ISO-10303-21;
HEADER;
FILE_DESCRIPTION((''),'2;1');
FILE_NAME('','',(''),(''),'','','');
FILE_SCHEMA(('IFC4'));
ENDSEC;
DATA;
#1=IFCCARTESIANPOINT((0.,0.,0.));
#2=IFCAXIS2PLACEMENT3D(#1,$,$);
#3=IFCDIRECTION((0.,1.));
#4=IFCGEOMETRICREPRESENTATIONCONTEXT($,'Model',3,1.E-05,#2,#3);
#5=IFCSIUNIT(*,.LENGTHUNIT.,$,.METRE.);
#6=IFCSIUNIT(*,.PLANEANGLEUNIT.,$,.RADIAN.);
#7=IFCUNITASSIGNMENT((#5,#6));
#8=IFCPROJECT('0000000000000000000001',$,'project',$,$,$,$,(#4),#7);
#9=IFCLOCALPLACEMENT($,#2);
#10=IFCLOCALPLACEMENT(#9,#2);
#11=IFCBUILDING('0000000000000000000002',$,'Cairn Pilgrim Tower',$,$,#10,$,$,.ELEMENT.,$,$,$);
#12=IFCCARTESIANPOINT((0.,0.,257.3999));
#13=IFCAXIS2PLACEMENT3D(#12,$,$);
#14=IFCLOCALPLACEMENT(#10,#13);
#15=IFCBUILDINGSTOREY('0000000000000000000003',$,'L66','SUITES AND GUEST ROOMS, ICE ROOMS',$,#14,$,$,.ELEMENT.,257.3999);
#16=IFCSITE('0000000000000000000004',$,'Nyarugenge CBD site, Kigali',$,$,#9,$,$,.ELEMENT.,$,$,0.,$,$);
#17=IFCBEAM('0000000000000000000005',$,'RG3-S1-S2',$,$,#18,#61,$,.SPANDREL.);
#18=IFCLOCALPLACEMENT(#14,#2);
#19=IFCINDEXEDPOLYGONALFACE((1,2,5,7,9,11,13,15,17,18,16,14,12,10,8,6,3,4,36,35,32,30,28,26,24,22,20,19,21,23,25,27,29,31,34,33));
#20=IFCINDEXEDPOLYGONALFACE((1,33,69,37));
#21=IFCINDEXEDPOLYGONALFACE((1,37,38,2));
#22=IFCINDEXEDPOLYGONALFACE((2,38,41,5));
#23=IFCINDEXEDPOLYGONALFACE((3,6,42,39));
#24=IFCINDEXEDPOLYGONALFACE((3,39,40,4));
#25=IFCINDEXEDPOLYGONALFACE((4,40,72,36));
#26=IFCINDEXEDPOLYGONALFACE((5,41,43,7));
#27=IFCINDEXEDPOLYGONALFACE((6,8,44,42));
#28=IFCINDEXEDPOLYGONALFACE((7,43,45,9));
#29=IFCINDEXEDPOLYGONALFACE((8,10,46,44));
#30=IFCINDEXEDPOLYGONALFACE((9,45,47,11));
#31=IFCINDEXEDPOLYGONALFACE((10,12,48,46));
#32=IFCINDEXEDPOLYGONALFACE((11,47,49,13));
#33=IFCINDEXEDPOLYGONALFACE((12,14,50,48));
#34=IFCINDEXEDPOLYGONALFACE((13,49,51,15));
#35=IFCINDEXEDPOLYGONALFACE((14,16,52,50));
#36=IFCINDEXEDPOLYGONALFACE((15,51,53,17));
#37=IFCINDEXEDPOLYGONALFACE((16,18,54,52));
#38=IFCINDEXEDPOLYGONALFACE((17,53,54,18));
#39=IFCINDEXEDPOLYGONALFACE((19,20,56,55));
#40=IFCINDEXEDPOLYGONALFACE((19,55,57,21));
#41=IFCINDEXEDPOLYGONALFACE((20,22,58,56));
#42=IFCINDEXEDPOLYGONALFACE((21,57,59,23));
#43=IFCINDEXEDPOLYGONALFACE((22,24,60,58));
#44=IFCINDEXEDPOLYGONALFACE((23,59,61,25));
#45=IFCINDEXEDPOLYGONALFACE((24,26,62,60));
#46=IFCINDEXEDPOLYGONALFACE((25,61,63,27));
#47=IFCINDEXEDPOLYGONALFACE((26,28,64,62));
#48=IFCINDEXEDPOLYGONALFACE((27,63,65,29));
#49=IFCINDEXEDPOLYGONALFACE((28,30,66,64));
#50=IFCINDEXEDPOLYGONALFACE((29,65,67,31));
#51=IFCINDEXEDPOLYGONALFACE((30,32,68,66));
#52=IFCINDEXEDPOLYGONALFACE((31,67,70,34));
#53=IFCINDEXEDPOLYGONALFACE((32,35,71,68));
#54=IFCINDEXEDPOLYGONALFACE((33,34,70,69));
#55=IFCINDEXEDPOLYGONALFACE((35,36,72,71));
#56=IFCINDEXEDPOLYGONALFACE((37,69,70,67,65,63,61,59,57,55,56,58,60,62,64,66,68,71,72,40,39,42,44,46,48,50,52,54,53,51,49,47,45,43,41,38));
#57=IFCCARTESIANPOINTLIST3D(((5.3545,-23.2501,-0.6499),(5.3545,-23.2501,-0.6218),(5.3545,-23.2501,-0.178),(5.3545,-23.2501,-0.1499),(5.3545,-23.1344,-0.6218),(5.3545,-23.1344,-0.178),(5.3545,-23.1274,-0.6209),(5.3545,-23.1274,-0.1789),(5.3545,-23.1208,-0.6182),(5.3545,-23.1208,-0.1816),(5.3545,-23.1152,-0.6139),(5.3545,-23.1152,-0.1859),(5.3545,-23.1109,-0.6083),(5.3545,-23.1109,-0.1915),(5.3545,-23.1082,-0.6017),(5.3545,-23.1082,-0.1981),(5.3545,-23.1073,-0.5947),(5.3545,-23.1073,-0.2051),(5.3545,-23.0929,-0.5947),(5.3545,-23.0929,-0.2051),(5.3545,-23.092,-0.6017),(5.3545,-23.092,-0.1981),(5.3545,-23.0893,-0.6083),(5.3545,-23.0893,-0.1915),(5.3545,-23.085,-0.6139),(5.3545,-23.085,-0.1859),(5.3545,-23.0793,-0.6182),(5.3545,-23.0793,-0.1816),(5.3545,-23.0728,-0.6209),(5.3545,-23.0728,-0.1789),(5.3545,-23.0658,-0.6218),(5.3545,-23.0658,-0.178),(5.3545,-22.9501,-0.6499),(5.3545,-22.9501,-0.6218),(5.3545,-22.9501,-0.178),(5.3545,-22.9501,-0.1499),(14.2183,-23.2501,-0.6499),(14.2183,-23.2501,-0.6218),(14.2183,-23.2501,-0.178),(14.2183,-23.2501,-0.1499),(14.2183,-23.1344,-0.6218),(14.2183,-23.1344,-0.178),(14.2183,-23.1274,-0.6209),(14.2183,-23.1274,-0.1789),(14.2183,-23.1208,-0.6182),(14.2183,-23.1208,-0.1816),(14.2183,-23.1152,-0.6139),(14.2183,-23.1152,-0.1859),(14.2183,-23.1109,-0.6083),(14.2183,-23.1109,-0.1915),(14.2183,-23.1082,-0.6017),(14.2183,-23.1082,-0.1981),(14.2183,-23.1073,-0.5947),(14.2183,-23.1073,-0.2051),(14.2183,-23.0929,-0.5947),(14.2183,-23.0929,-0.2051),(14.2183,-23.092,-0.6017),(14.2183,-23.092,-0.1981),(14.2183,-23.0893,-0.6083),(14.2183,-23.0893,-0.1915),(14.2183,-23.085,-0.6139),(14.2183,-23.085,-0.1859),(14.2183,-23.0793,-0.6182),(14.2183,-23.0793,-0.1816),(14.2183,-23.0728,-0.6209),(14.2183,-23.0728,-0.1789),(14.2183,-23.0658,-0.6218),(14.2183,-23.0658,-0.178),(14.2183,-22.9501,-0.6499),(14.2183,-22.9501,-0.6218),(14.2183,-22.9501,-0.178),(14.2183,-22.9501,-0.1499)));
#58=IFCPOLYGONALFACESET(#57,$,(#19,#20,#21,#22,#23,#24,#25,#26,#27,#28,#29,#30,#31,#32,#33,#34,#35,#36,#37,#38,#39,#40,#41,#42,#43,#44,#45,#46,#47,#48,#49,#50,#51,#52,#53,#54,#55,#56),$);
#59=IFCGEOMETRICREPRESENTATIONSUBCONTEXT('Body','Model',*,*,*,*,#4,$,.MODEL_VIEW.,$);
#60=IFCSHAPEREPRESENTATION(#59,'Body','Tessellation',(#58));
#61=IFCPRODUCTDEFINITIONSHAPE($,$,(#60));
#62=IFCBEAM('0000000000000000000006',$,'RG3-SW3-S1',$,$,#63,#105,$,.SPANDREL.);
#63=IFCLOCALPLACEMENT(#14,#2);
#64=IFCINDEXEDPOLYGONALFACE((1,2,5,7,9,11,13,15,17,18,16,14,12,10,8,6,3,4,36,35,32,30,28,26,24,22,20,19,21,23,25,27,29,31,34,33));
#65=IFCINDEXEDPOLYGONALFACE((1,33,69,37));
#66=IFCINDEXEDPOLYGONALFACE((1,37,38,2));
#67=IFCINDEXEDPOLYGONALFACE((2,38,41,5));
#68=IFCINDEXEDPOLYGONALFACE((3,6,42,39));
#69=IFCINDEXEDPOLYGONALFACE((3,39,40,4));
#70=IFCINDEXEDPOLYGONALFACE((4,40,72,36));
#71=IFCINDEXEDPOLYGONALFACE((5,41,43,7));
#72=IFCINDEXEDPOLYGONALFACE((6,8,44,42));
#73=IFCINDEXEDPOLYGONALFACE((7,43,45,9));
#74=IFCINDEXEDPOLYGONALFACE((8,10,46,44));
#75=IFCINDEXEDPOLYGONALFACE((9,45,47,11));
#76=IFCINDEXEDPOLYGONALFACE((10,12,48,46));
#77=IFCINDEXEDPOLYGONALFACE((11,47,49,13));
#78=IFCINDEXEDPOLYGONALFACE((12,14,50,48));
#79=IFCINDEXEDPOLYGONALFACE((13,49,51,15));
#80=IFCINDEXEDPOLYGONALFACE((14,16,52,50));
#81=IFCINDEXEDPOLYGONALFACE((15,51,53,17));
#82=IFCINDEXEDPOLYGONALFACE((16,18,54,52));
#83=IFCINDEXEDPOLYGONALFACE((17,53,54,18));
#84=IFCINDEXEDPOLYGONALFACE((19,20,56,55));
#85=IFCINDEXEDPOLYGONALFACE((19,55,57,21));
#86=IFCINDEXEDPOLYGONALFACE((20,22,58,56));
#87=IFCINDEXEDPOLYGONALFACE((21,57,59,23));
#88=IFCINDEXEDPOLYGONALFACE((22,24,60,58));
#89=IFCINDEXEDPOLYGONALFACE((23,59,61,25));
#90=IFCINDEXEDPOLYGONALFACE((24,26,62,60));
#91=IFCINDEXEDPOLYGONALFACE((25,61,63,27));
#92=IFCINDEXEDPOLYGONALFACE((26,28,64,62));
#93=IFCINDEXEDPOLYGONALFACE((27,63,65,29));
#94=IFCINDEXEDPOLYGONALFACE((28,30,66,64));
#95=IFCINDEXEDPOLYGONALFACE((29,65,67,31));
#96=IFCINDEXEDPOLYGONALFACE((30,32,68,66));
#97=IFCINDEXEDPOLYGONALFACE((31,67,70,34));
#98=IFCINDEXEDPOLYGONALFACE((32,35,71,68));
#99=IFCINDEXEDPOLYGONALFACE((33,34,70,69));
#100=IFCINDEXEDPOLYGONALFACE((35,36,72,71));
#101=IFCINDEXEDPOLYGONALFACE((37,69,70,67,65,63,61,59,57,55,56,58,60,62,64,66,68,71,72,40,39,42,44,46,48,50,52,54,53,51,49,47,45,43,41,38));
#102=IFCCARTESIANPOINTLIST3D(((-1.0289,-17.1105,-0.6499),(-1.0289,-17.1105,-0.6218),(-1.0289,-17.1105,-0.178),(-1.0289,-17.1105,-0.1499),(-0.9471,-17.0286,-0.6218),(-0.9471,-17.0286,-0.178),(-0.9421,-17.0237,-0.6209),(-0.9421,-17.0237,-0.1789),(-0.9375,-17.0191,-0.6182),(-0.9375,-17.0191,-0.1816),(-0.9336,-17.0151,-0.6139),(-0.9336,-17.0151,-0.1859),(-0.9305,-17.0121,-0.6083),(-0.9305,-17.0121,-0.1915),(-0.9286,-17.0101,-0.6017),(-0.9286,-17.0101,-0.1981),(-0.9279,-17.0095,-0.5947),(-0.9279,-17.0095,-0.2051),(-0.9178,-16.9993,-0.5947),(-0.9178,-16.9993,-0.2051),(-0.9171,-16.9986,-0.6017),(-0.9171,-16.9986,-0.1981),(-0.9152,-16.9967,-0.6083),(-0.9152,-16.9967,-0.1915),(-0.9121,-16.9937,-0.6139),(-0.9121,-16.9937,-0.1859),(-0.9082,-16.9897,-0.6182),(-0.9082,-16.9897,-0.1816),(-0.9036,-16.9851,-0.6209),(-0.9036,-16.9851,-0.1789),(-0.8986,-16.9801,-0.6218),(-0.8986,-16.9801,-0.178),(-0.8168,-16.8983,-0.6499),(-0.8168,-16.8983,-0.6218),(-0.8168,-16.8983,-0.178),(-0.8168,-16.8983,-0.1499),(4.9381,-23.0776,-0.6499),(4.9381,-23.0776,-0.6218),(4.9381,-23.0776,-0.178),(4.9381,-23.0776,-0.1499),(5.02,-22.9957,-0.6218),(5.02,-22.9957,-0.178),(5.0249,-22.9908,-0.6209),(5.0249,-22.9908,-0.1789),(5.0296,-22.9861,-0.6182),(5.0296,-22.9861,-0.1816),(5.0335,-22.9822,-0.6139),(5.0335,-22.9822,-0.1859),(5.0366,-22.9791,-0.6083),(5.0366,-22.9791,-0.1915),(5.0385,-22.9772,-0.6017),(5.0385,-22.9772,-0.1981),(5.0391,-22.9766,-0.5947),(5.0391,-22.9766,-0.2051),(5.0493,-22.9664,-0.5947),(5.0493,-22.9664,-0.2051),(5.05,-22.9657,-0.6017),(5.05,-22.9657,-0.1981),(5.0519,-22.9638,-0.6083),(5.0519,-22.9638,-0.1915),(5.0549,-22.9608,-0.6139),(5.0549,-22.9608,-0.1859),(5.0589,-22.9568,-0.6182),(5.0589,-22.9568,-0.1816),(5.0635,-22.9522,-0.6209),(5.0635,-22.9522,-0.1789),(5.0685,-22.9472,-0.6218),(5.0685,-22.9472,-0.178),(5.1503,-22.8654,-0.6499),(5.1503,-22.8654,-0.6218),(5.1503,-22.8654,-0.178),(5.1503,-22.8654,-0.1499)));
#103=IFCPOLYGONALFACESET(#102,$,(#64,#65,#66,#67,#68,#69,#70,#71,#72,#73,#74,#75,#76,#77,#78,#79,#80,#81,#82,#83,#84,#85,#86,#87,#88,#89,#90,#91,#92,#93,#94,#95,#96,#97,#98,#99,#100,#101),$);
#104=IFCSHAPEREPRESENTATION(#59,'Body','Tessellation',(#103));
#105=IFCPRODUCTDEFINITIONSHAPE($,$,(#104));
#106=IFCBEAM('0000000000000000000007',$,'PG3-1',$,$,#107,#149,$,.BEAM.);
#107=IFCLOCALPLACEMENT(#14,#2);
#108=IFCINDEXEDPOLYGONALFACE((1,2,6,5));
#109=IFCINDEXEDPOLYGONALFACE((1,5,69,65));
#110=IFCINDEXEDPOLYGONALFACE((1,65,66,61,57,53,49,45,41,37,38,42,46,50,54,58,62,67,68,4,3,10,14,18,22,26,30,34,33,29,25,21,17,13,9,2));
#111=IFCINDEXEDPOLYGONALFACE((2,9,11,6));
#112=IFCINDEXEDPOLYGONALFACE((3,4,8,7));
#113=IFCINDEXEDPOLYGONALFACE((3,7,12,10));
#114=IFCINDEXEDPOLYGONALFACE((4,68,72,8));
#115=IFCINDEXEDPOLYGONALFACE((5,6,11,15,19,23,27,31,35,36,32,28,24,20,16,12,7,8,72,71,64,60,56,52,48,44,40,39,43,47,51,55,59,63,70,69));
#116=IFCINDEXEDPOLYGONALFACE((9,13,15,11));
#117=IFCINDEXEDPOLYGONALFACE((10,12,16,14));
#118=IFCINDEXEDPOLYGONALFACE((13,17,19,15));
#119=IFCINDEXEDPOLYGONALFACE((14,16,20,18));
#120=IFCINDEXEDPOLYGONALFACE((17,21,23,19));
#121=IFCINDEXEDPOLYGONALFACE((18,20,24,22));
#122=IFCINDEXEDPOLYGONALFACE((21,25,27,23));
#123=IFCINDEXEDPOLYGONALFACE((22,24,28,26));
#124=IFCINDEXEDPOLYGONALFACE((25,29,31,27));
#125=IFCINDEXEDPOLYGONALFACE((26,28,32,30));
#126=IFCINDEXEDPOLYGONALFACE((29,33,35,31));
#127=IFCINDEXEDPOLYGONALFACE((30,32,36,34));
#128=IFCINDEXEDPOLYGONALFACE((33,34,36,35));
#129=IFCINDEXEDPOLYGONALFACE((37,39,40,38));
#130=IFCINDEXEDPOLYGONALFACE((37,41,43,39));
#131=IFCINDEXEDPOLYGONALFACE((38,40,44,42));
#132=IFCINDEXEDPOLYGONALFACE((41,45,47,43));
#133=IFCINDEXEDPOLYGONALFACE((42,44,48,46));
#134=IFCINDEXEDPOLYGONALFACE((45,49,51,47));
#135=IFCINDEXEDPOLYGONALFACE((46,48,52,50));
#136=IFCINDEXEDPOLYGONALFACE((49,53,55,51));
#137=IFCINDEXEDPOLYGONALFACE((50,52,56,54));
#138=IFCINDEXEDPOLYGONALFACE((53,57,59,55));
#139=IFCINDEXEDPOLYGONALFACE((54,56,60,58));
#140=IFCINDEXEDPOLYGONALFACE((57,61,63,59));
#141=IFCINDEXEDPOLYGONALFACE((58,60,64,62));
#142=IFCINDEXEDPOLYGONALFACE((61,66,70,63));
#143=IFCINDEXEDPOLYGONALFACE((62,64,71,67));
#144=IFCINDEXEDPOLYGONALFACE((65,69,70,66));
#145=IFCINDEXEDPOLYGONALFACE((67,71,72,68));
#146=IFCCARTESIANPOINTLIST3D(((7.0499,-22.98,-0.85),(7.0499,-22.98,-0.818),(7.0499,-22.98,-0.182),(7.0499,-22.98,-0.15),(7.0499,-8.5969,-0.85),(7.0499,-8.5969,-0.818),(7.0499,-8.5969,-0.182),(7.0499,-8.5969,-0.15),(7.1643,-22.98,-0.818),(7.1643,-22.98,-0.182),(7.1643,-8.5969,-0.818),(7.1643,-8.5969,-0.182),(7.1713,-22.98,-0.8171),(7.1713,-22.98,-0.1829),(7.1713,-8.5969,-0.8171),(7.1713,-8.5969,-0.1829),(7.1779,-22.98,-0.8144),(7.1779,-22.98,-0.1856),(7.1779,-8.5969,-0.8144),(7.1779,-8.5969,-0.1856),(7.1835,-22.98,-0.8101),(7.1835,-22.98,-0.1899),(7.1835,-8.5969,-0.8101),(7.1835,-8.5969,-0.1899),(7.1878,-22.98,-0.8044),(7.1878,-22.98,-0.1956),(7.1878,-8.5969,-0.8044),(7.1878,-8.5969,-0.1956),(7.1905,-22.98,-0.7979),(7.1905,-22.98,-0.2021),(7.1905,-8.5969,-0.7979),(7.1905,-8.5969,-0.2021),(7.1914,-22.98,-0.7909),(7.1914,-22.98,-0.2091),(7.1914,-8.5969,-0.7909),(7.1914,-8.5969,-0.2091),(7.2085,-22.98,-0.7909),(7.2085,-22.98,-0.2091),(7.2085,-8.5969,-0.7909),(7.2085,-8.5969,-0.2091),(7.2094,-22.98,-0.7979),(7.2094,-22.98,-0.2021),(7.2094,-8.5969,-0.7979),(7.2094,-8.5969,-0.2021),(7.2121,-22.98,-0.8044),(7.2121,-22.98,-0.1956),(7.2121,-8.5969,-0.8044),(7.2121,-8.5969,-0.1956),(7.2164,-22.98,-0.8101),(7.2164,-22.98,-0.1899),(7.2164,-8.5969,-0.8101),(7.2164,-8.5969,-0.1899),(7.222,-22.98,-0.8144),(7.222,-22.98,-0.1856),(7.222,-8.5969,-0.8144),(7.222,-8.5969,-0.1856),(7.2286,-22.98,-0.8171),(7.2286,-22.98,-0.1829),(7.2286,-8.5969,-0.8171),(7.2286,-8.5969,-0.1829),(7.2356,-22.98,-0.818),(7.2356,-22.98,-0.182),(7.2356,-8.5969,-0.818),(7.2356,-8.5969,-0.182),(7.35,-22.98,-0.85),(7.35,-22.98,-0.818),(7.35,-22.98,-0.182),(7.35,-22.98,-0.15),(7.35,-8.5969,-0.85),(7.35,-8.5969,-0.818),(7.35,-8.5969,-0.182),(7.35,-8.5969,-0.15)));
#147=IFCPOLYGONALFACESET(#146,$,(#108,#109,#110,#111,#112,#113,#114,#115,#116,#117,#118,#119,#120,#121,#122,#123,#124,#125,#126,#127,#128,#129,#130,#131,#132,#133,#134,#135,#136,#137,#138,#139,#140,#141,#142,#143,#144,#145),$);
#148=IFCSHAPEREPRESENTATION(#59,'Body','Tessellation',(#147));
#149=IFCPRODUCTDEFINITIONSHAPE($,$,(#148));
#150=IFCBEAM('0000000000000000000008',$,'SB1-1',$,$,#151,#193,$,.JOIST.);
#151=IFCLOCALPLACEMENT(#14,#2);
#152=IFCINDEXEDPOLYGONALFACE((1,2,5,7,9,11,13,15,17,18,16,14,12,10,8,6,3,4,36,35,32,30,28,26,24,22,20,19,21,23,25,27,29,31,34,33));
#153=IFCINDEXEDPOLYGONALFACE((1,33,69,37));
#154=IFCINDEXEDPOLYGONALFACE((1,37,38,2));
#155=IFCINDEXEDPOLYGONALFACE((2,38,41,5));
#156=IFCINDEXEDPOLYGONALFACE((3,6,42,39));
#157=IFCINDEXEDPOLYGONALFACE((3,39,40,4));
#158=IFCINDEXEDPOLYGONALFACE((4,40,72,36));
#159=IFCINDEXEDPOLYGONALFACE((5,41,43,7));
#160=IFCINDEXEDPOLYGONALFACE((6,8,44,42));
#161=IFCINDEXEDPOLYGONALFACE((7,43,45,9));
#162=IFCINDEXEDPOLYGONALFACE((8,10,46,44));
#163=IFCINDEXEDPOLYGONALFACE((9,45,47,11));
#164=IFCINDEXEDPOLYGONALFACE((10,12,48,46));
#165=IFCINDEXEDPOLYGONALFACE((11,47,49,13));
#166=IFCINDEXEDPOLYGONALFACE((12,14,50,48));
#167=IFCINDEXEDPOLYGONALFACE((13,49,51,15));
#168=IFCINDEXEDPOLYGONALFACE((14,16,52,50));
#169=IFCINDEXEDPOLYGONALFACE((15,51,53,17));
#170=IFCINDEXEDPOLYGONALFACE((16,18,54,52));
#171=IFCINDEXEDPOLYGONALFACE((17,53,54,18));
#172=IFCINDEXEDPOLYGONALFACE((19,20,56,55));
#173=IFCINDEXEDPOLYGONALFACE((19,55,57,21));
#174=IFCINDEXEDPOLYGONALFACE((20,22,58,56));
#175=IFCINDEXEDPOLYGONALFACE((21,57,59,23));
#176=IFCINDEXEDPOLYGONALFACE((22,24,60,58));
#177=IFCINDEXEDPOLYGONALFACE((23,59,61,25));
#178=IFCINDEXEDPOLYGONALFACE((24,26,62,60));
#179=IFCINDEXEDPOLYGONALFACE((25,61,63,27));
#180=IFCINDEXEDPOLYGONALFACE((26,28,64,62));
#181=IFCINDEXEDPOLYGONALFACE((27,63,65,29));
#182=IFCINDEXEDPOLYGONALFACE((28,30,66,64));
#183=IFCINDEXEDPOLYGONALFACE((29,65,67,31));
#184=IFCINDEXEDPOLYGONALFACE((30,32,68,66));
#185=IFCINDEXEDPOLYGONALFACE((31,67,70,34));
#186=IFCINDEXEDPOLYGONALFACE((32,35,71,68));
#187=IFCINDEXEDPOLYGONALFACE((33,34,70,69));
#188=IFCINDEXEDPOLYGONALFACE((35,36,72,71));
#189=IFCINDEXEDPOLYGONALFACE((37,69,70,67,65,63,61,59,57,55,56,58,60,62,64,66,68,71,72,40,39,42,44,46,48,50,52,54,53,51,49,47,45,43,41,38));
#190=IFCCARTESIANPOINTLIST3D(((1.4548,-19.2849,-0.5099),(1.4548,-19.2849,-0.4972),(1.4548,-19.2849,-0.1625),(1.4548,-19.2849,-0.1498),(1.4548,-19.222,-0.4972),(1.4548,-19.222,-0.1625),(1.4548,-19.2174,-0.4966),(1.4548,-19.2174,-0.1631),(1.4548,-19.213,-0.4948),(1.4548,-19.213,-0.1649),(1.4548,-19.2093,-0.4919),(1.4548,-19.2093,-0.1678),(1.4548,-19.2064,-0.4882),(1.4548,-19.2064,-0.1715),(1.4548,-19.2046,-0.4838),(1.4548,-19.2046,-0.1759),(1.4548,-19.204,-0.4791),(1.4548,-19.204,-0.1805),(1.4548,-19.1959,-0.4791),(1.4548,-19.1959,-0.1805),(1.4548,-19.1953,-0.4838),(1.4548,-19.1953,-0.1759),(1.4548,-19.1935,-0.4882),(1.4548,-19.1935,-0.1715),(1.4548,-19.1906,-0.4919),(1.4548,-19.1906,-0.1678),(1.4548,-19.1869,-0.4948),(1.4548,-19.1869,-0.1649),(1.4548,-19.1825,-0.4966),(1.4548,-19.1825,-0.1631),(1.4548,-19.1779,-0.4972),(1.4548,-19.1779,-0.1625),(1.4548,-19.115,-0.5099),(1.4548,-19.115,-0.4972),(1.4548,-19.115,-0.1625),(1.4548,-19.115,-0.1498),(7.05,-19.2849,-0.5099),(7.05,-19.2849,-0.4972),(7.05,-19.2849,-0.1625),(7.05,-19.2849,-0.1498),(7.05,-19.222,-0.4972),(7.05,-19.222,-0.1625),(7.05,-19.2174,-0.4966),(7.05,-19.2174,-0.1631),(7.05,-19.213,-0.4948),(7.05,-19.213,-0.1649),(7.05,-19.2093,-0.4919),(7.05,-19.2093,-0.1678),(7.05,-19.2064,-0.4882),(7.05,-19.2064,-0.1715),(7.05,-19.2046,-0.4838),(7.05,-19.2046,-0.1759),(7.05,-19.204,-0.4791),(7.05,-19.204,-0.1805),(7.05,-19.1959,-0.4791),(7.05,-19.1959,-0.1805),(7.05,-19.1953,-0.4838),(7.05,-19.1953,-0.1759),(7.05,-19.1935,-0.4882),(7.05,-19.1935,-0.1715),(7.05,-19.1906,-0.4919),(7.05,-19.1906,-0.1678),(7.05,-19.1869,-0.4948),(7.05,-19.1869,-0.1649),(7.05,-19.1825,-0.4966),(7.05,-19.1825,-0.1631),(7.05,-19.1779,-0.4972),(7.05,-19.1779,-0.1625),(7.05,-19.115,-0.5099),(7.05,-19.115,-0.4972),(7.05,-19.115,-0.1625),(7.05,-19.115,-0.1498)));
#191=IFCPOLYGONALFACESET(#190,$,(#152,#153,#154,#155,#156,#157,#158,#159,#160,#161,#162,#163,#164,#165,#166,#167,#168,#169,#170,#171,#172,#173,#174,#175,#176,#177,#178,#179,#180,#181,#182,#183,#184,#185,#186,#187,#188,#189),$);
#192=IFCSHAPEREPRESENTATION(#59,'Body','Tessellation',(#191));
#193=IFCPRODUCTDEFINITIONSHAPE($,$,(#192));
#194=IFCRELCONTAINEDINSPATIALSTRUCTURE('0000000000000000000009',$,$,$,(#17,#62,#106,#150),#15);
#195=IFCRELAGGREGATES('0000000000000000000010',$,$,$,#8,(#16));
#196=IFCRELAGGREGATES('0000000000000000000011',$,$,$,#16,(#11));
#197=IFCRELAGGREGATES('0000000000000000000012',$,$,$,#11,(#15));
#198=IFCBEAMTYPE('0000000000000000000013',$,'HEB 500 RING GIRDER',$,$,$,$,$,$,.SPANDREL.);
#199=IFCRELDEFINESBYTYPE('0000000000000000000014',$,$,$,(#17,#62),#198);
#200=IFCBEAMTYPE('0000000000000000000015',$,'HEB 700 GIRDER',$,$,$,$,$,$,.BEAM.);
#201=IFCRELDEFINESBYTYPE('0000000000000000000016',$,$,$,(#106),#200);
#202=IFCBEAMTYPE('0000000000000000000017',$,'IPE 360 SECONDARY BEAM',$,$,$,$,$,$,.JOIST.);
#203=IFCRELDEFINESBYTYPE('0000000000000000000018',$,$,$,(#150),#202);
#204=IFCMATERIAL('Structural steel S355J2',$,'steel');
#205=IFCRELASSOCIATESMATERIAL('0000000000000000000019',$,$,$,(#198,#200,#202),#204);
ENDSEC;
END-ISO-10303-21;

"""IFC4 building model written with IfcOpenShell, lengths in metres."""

from ifc_helpers import new_model, si_unit, direction, frame, origin, origin_2d, place, context, subcontext, project, spatial, i_section, extrude, material, material_profile, profile_set, type_object, element, save


model = new_model("IFC4")

# Units and contexts
model_context = context("Model", 3, precision=1e-05, world=origin(), true_north=direction((0.0, 1.0)))
body_context = subcontext(model_context, "Body", "Model", "MODEL_VIEW")
ifc_project = project(units=[si_unit("LENGTHUNIT", "METRE"), si_unit("PLANEANGLEUNIT", "RADIAN")], contexts=[model_context])

# Site, building, storey
site_placement = place(None, origin())
site = spatial("IfcSite", under=ifc_project, at=site_placement, Name="Nyarugenge CBD site, Kigali", CompositionType="ELEMENT", RefElevation=0.0)
building_placement = place(site_placement, origin())
building = spatial("IfcBuilding", under=site, at=building_placement, Name="Cairn Pilgrim Tower", CompositionType="ELEMENT")
storey_placement = place(building_placement, frame((0.0, 0.0, 257.3999)))
storey = spatial("IfcBuildingStorey", under=building, at=storey_placement, Name="L66", Description="SUITES AND GUEST ROOMS, ICE ROOMS", CompositionType="ELEMENT", Elevation=257.3999)

# Beams
ifc_material_1 = material(Name="Structural steel S355J2", Category="steel")
ifc_material_profile_1 = material_profile(ifc_material_1, i_section(OverallWidth=0.3, OverallDepth=0.5, WebThickness=0.0144, FlangeThickness=0.0281, FilletRadius=0.0271, at=origin_2d()), Name="HEB 500")
ifc_profile_set_1 = profile_set([ifc_material_profile_1], Name="Structural steel S355J2")
beam_type_1 = type_object("IfcBeamType", Name="HEB 500 RING GIRDER", PredefinedType="SPANDREL", material=ifc_profile_set_1)
beam_1_placement = place(storey_placement, frame((5.3545, -23.1001, -0.3999), z_axis=(1.0, 0.0, 0.0), x_axis=(0.0, 1.0, 0.0)))
element("IfcBeam", 1, at=beam_1_placement, inside=storey, type_object=beam_type_1, Name="RG3-S1-S2", PredefinedType="SPANDREL", context=body_context, shape_type="SweptSolid", body=[
    extrude(i_section(OverallWidth=0.3, OverallDepth=0.5, WebThickness=0.0144, FlangeThickness=0.0281, FilletRadius=0.0271, at=origin_2d()), origin(), (0.0, 0.0, 1.0), 8.8638),
])
beam_2_placement = place(storey_placement, frame((-0.9229, -17.0044, -0.3999), z_axis=(0.707107, -0.707107, 0.0), x_axis=(0.707107, 0.707107, 0.0)))
element("IfcBeam", 2, at=beam_2_placement, inside=storey, type_object=beam_type_1, Name="RG3-SW3-S1", PredefinedType="SPANDREL", context=body_context, shape_type="SweptSolid", body=[
    extrude(i_section(OverallWidth=0.3, OverallDepth=0.5, WebThickness=0.0144, FlangeThickness=0.0281, FilletRadius=0.0271, at=origin_2d()), origin(), (0.0, 0.0, 1.0), 8.4387),
])
ifc_material_profile_2 = material_profile(ifc_material_1, i_section(OverallWidth=0.3, OverallDepth=0.7, WebThickness=0.0171, FlangeThickness=0.032, FilletRadius=0.0271, at=origin_2d()), Name="HEB 700")
ifc_profile_set_2 = profile_set([ifc_material_profile_2], Name="Structural steel S355J2")
beam_type_2 = type_object("IfcBeamType", Name="HEB 700 GIRDER", PredefinedType="BEAM", material=ifc_profile_set_2)
beam_3_placement = place(storey_placement, frame((7.2, -22.98, -0.5), z_axis=(0.0, 1.0, 0.0), x_axis=(-1.0, 0.0, 0.0)))
element("IfcBeam", 3, at=beam_3_placement, inside=storey, type_object=beam_type_2, Name="PG3-1", PredefinedType="BEAM", context=body_context, shape_type="SweptSolid", body=[
    extrude(i_section(OverallWidth=0.3, OverallDepth=0.7, WebThickness=0.0171, FlangeThickness=0.032, FilletRadius=0.0271, at=origin_2d()), origin(), (0.0, 0.0, 1.0), 14.3831),
])
ifc_material_profile_3 = material_profile(ifc_material_1, i_section(OverallWidth=0.1699, OverallDepth=0.3601, WebThickness=0.0081, FlangeThickness=0.0127, FilletRadius=0.0181, at=origin_2d()), Name="IPE 360")
ifc_profile_set_3 = profile_set([ifc_material_profile_3], Name="Structural steel S355J2")
beam_type_3 = type_object("IfcBeamType", Name="IPE 360 SECONDARY BEAM", PredefinedType="JOIST", material=ifc_profile_set_3)
beam_4_placement = place(storey_placement, frame((1.4548, -19.2, -0.3298), z_axis=(1.0, 0.0, 0.0), x_axis=(0.0, 1.0, 0.0)))
element("IfcBeam", 4, at=beam_4_placement, inside=storey, type_object=beam_type_3, Name="SB1-1", PredefinedType="JOIST", context=body_context, shape_type="SweptSolid", body=[
    extrude(i_section(OverallWidth=0.1699, OverallDepth=0.3601, WebThickness=0.0081, FlangeThickness=0.0127, FilletRadius=0.0181, at=origin_2d()), origin(), (0.0, 0.0, 1.0), 5.5952),
])

save(model, "model.ifc")
